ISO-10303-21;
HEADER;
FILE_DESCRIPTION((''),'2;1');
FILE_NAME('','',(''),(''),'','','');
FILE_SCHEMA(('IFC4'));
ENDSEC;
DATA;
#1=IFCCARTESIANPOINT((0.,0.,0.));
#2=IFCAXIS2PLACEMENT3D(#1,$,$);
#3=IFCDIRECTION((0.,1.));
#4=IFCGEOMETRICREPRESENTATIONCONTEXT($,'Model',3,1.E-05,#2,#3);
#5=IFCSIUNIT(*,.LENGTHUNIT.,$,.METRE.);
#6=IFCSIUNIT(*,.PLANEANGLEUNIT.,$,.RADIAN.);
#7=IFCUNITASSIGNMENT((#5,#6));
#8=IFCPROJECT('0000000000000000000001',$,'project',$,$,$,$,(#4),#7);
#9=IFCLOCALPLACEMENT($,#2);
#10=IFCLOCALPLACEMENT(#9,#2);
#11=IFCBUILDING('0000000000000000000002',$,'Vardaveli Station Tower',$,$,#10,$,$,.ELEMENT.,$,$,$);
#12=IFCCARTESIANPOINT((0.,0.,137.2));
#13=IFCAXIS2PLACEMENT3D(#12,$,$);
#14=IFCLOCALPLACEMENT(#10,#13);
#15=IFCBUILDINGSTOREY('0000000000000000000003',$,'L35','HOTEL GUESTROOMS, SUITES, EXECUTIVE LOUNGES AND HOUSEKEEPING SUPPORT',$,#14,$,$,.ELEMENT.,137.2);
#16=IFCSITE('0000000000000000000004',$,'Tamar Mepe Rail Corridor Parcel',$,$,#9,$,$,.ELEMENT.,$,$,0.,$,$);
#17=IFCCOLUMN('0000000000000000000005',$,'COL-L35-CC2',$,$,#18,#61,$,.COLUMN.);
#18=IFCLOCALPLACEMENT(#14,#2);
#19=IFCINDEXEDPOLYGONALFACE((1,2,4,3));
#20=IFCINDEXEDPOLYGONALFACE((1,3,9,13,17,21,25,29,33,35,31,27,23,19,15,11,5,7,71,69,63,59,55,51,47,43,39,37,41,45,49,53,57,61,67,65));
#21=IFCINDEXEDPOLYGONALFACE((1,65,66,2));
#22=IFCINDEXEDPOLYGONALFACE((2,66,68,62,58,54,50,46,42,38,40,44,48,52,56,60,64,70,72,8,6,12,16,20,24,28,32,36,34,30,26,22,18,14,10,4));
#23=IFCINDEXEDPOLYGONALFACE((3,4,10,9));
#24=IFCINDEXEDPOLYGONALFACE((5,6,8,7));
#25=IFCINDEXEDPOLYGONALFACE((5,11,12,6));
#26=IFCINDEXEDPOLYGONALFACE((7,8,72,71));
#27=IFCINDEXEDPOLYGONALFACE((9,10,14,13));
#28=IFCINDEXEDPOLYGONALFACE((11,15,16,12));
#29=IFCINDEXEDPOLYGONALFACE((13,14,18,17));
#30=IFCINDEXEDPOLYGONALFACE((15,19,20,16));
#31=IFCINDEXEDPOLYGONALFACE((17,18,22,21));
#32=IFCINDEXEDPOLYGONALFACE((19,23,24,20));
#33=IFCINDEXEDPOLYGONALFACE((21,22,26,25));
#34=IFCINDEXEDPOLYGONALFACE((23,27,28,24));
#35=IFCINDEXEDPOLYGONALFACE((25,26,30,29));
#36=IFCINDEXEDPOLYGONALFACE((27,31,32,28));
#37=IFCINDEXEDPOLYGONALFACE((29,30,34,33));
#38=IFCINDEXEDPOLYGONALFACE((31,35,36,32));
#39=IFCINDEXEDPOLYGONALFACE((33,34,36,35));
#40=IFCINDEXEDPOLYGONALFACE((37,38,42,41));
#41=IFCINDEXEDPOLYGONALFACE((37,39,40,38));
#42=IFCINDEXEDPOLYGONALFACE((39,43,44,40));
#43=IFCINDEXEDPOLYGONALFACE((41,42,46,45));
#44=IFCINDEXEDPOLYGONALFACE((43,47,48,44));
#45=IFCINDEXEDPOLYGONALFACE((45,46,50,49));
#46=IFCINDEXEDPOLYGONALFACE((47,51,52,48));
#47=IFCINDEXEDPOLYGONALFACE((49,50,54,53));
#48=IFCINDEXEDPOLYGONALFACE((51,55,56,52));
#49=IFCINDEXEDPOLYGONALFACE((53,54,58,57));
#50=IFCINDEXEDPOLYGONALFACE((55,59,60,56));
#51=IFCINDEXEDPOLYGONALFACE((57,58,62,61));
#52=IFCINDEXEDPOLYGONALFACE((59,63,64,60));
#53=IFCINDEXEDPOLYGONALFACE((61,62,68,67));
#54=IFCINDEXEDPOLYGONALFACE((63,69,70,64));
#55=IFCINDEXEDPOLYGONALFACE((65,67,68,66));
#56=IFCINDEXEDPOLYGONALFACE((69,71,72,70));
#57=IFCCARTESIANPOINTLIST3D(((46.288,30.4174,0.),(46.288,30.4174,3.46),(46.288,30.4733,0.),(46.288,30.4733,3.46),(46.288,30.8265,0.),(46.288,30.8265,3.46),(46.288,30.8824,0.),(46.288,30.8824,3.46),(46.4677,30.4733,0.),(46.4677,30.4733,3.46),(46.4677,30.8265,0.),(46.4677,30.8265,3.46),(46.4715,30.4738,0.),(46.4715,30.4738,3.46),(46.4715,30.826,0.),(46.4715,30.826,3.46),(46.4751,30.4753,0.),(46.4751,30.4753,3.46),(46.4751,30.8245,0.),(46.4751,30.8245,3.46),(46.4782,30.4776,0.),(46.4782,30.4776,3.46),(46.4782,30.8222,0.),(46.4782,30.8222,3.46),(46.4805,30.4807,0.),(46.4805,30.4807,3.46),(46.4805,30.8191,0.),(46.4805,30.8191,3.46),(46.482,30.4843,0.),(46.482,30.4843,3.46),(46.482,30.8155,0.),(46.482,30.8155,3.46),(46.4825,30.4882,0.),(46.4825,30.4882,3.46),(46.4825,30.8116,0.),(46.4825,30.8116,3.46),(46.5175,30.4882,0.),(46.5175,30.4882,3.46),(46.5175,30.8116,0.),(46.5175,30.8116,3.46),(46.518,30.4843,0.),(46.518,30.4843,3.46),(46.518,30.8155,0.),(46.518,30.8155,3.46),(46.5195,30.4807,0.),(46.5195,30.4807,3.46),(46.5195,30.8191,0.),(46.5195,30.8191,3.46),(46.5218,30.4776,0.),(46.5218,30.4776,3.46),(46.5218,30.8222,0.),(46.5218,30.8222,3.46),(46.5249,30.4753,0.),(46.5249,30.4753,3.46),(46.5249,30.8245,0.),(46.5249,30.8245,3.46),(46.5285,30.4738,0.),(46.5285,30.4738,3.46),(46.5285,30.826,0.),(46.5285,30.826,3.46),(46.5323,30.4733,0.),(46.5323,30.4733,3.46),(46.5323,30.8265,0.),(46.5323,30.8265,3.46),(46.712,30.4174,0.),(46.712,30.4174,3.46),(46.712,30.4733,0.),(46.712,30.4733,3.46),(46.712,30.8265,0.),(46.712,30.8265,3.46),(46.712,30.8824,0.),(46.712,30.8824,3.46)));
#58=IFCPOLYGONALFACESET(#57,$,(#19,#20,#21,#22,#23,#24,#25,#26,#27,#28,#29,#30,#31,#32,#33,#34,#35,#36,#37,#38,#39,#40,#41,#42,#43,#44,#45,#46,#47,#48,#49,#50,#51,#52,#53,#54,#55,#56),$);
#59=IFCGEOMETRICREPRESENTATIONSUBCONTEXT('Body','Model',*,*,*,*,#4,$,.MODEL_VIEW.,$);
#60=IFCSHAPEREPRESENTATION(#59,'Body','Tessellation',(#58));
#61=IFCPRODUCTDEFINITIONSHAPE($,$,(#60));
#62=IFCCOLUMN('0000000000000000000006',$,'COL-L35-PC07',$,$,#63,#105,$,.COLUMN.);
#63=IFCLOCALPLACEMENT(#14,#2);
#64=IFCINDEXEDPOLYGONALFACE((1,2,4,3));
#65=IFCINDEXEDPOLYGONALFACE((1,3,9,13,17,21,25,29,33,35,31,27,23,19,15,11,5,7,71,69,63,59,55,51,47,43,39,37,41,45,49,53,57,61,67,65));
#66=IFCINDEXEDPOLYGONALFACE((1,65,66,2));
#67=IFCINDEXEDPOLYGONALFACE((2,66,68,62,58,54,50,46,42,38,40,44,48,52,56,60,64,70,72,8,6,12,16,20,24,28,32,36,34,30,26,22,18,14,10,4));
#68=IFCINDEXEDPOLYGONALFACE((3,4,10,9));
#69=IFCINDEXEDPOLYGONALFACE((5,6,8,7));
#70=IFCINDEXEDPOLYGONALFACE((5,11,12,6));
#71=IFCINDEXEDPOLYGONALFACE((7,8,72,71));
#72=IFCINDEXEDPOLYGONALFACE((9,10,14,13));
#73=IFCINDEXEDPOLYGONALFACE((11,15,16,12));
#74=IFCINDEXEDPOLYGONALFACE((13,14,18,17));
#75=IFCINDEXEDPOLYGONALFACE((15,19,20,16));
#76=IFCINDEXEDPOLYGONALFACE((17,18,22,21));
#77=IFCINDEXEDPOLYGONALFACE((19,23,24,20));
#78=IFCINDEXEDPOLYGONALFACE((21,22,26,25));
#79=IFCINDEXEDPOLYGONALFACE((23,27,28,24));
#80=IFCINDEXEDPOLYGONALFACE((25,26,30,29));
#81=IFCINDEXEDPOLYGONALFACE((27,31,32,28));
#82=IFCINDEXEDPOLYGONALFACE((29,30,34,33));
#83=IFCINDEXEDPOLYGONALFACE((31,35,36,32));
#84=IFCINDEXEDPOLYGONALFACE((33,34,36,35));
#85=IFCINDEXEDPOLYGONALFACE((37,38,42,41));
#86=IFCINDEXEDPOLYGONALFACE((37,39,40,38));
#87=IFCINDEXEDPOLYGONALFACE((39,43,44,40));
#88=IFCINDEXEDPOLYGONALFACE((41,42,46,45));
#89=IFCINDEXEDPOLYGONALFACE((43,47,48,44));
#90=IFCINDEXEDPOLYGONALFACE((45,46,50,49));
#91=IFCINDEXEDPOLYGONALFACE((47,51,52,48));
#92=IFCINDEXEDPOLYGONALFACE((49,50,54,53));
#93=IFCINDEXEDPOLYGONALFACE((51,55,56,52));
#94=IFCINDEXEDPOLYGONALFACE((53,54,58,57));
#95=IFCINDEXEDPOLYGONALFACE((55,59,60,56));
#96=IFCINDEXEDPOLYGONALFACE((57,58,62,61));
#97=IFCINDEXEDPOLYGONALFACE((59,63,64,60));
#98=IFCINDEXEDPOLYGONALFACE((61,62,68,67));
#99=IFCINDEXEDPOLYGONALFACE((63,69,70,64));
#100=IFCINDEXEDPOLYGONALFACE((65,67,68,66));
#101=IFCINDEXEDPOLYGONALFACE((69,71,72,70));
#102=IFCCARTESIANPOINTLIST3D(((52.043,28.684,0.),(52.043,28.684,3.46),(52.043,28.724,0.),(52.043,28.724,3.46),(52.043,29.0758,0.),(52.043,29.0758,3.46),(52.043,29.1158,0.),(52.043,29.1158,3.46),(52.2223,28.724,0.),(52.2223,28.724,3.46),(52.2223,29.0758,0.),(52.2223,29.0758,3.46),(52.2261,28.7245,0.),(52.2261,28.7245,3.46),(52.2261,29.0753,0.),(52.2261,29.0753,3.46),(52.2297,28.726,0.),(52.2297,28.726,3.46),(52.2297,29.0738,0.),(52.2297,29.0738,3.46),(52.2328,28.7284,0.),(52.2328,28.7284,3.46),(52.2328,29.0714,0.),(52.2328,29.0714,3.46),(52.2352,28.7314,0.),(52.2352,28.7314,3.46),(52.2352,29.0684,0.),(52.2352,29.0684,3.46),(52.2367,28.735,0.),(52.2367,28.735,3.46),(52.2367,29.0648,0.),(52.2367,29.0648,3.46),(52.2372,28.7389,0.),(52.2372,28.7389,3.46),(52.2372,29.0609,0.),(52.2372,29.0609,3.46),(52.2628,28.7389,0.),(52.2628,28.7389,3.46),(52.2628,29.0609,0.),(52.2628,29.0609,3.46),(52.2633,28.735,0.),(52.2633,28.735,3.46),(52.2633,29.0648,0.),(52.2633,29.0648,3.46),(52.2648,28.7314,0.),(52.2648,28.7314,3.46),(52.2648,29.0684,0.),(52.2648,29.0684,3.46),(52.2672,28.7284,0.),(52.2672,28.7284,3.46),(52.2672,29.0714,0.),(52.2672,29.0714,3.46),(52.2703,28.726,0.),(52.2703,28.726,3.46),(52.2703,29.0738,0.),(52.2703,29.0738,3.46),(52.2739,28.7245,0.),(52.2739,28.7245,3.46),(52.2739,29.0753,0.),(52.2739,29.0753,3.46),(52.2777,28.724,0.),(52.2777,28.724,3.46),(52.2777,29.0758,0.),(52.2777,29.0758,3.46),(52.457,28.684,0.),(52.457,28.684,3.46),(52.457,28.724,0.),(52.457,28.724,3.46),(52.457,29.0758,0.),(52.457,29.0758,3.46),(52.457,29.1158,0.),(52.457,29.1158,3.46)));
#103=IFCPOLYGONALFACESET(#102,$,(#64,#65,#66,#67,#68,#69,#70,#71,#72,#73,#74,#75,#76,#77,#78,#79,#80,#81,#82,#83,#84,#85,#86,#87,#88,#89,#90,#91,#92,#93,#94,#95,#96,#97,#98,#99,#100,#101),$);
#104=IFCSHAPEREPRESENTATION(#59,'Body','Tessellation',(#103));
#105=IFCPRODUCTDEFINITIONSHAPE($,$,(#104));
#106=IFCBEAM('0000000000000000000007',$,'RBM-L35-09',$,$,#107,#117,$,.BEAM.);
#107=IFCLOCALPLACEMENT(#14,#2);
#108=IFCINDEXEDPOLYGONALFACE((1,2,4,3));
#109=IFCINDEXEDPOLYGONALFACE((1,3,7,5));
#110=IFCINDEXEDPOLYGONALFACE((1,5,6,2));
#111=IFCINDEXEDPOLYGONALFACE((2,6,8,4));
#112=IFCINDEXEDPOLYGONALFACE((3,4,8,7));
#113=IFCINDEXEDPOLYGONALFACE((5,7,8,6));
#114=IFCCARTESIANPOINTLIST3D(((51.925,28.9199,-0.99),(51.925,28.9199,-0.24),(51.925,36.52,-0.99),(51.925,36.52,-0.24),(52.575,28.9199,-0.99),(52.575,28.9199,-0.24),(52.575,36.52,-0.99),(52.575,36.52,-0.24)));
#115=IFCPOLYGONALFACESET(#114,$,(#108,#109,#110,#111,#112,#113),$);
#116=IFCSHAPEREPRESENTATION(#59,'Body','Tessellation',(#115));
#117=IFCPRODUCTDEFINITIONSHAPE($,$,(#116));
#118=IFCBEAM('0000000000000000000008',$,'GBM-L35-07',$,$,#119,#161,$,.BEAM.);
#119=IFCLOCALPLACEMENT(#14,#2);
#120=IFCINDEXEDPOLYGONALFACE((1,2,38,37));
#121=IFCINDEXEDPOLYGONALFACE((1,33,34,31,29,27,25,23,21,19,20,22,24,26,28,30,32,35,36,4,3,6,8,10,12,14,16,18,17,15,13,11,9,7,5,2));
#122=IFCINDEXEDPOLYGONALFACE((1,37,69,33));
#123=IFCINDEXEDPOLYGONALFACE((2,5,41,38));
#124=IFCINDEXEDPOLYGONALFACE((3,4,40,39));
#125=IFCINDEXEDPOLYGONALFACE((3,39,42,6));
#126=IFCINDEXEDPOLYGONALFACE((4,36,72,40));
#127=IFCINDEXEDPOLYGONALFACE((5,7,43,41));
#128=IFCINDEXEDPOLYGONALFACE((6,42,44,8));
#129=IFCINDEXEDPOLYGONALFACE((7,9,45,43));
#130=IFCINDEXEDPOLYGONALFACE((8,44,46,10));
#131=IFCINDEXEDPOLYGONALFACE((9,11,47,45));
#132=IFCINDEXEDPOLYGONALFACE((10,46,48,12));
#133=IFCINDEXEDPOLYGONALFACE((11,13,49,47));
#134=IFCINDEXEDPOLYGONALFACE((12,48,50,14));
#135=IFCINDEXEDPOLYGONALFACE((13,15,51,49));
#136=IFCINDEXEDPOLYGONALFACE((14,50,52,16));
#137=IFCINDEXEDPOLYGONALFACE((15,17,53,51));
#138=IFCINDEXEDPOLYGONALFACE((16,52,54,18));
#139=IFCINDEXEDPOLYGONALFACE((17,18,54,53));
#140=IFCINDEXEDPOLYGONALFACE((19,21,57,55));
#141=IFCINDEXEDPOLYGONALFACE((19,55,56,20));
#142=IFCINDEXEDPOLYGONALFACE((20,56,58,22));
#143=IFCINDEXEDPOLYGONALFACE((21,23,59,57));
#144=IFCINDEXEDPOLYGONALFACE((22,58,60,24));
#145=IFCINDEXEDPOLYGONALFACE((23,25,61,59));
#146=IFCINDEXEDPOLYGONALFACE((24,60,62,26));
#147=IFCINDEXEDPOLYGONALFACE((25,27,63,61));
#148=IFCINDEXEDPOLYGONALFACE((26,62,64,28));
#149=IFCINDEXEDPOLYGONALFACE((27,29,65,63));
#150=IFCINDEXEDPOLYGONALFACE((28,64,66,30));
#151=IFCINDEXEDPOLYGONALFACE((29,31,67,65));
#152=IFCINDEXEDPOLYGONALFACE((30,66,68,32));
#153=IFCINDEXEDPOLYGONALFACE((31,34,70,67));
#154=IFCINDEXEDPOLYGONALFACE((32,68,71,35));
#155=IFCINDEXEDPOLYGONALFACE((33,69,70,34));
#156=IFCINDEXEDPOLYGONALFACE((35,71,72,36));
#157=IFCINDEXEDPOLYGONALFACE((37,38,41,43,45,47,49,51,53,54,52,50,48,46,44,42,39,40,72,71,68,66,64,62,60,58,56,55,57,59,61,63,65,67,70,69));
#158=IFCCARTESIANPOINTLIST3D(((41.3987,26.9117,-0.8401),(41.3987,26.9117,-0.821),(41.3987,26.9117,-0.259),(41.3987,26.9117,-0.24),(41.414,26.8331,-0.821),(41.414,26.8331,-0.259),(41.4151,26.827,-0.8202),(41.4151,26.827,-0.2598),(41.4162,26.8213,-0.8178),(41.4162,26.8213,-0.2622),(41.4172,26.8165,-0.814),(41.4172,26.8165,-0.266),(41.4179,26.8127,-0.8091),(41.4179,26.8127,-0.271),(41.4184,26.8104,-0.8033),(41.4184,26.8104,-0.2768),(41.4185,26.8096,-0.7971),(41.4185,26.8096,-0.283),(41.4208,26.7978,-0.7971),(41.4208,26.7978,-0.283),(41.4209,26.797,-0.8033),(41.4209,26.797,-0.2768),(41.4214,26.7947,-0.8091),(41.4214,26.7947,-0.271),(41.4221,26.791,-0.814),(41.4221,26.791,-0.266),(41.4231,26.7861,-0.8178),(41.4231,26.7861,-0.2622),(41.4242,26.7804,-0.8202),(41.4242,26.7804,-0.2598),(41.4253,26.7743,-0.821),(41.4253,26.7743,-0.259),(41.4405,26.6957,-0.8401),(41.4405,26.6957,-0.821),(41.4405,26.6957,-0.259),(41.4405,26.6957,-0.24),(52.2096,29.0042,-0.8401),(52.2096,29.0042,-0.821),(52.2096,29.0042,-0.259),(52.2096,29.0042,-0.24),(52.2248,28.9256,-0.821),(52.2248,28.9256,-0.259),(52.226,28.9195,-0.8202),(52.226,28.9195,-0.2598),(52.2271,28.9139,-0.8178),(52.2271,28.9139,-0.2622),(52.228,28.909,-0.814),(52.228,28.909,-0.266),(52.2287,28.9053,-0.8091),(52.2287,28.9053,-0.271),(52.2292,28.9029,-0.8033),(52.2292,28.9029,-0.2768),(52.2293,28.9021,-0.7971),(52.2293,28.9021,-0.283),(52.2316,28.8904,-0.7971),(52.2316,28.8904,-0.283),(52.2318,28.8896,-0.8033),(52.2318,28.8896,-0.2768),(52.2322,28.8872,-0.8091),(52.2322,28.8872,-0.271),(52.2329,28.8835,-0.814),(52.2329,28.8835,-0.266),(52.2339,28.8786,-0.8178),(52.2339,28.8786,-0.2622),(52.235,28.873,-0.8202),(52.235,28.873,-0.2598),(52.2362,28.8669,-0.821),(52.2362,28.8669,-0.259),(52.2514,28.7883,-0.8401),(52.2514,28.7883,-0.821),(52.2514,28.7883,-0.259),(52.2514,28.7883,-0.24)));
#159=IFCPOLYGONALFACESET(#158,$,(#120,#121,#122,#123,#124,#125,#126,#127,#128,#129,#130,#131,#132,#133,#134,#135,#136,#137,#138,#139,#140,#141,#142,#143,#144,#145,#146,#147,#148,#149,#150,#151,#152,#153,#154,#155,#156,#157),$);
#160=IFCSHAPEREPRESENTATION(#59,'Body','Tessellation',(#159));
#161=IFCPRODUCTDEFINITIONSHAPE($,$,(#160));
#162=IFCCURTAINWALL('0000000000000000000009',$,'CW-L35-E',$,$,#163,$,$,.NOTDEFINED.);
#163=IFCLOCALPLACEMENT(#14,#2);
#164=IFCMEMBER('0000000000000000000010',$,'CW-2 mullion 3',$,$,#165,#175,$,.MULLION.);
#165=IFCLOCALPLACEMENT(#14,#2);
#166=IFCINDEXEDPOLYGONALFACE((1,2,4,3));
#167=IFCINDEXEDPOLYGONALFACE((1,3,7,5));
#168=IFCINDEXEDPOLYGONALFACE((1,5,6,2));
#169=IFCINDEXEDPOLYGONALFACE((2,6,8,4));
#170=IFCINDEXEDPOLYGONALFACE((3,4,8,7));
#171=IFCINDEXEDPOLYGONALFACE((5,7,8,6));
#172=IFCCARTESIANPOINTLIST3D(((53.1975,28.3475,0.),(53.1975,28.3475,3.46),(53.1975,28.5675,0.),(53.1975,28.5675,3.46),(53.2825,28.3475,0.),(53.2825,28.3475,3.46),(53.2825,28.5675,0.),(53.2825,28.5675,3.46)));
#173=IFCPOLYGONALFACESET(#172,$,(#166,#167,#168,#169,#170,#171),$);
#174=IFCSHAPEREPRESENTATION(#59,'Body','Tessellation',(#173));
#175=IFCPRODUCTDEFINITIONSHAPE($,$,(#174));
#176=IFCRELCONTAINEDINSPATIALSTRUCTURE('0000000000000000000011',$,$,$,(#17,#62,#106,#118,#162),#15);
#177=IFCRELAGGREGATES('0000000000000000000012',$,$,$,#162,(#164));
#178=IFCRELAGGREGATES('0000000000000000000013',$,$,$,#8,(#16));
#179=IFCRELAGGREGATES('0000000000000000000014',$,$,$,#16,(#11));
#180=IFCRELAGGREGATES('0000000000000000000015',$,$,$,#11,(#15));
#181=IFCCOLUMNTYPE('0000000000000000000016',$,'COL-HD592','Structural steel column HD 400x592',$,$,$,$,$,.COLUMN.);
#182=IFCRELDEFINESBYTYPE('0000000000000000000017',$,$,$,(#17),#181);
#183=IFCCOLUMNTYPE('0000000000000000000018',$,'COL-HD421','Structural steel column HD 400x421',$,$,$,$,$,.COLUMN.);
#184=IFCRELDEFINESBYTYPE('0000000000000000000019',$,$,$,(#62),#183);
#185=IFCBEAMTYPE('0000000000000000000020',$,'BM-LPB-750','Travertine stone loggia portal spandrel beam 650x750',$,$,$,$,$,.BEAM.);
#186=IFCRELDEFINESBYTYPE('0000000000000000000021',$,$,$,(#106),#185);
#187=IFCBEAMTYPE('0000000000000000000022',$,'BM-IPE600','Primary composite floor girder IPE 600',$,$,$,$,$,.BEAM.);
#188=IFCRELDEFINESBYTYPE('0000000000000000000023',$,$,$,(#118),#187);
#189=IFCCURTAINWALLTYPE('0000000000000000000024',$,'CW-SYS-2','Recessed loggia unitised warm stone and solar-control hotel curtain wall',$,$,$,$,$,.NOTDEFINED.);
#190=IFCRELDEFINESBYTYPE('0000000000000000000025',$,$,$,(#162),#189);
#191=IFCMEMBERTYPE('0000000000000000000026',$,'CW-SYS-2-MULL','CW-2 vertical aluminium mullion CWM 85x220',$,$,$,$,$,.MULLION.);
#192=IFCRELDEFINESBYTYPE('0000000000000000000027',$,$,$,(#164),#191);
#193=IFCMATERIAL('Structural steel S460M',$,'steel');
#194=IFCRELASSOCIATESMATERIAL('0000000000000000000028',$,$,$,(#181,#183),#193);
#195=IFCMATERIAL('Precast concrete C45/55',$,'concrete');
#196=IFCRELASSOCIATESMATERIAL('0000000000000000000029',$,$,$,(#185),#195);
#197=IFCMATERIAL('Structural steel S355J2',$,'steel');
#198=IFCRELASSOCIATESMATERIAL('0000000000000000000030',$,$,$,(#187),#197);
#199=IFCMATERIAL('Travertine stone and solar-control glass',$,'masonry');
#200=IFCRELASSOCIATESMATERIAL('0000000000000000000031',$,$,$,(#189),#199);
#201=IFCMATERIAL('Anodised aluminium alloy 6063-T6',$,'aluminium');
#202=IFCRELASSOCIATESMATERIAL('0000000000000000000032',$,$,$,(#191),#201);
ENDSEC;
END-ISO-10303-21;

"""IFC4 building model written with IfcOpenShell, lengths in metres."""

from ifc_helpers import new_model, si_unit, direction, frame, origin, origin_2d, place, context, subcontext, project, spatial, rectangle, i_section, extrude, source, transform, mapped, material, material_profile, profile_set, type_object, element, aggregate, save


model = new_model("IFC4")

# Units and contexts
model_context = context("Model", 3, precision=1e-05, world=origin(), true_north=direction((0.0, 1.0)))
body_context = subcontext(model_context, "Body", "Model", "MODEL_VIEW")
ifc_project = project(units=[si_unit("LENGTHUNIT", "METRE"), si_unit("PLANEANGLEUNIT", "RADIAN")], contexts=[model_context])

# Site, building, storey
site_placement = place(None, origin())
site = spatial("IfcSite", under=ifc_project, at=site_placement, Name="Tamar Mepe Rail Corridor Parcel", CompositionType="ELEMENT", RefElevation=0.0)
building_placement = place(site_placement, origin())
building = spatial("IfcBuilding", under=site, at=building_placement, Name="Vardaveli Station Tower", CompositionType="ELEMENT")
storey_placement = place(building_placement, frame((0.0, 0.0, 137.2)))
storey = spatial("IfcBuildingStorey", under=building, at=storey_placement, Name="L35", Description="HOTEL GUESTROOMS, SUITES, EXECUTIVE LOUNGES AND HOUSEKEEPING SUPPORT", CompositionType="ELEMENT", Elevation=137.2)

# Columns
ifc_material_1 = material(Name="Structural steel S460M", Category="steel")
ifc_material_profile_1 = material_profile(ifc_material_1, i_section(OverallWidth=0.4241, OverallDepth=0.4651, WebThickness=0.0349, FlangeThickness=0.0559, FilletRadius=0.0149, at=origin_2d()), Name="HD 400x592")
ifc_profile_set_1 = profile_set([ifc_material_profile_1], Name="Structural steel S460M")
column_type_1 = type_object("IfcColumnType", Name="COL-HD592", Description="Structural steel column HD 400x592", PredefinedType="COLUMN", material=ifc_profile_set_1)
shared_shape_1 = source(origin(), body_context, "Body", "SweptSolid", [
    extrude(i_section(OverallWidth=0.4241, OverallDepth=0.4651, WebThickness=0.0349, FlangeThickness=0.0559, FilletRadius=0.0149, at=origin_2d()), origin(), (0.0, 0.0, 1.0), 3.46),
])
column_1_placement = place(storey_placement, frame((46.5, 30.6499, 0.0), z_axis=(0.0, 0.0, 1.0), x_axis=(1.0, 0.0, 0.0)))
element("IfcColumn", 1, at=column_1_placement, inside=storey, type_object=column_type_1, Name="COL-L35-CC2", PredefinedType="COLUMN", context=body_context, shape_type="MappedRepresentation", body=[
    mapped(shared_shape_1, transform((0.0, 0.0, 0.0), scale=1.0)),
])
ifc_material_profile_2 = material_profile(ifc_material_1, i_section(OverallWidth=0.4141, OverallDepth=0.4319, WebThickness=0.0256, FlangeThickness=0.04, FilletRadius=0.0149, at=origin_2d()), Name="HD 400x421")
ifc_profile_set_2 = profile_set([ifc_material_profile_2], Name="Structural steel S460M")
column_type_2 = type_object("IfcColumnType", Name="COL-HD421", Description="Structural steel column HD 400x421", PredefinedType="COLUMN", material=ifc_profile_set_2)
shared_shape_2 = source(origin(), body_context, "Body", "SweptSolid", [
    extrude(i_section(OverallWidth=0.4141, OverallDepth=0.4319, WebThickness=0.0256, FlangeThickness=0.04, FilletRadius=0.0149, at=origin_2d()), origin(), (0.0, 0.0, 1.0), 3.46),
])
column_2_placement = place(storey_placement, frame((52.25, 28.8999, 0.0), z_axis=(0.0, 0.0, 1.0), x_axis=(1.0, 0.0, 0.0)))
element("IfcColumn", 2, at=column_2_placement, inside=storey, type_object=column_type_2, Name="COL-L35-PC07", PredefinedType="COLUMN", context=body_context, shape_type="MappedRepresentation", body=[
    mapped(shared_shape_2, transform((0.0, 0.0, 0.0), scale=1.0)),
])

# Beams
ifc_material_2 = material(Name="Precast concrete C45/55", Category="concrete")
ifc_material_profile_3 = material_profile(ifc_material_2, rectangle(XDim=0.6499, YDim=0.75, at=origin_2d()), Name="LPB 650x750")
ifc_profile_set_3 = profile_set([ifc_material_profile_3], Name="Precast concrete C45/55")
beam_type_1 = type_object("IfcBeamType", Name="BM-LPB-750", Description="Travertine stone loggia portal spandrel beam 650x750", PredefinedType="BEAM", material=ifc_profile_set_3)
shared_shape_3 = source(origin(), body_context, "Body", "SweptSolid", [
    extrude(rectangle(XDim=0.6499, YDim=0.75, at=origin_2d()), origin(), (0.0, 0.0, 1.0), 7.6001),
])
beam_1_placement = place(storey_placement, frame((52.25, 28.9199, -0.615), z_axis=(0.0, 1.0, 0.0), x_axis=(-1.0, 0.0, 0.0)))
element("IfcBeam", 3, at=beam_1_placement, inside=storey, type_object=beam_type_1, Name="RBM-L35-09", PredefinedType="BEAM", context=body_context, shape_type="MappedRepresentation", body=[
    mapped(shared_shape_3, transform((0.0, 0.0, 0.0), scale=1.0)),
])
ifc_material_3 = material(Name="Structural steel S355J2", Category="steel")
ifc_material_profile_4 = material_profile(ifc_material_3, i_section(OverallWidth=0.22, OverallDepth=0.6001, WebThickness=0.012, FlangeThickness=0.019, FilletRadius=0.0239, at=origin_2d()), Name="IPE 600")
ifc_profile_set_4 = profile_set([ifc_material_profile_4], Name="Structural steel S355J2")
beam_type_2 = type_object("IfcBeamType", Name="BM-IPE600", Description="Primary composite floor girder IPE 600", PredefinedType="BEAM", material=ifc_profile_set_4)
shared_shape_4 = source(origin(), body_context, "Body", "SweptSolid", [
    extrude(i_section(OverallWidth=0.22, OverallDepth=0.6001, WebThickness=0.012, FlangeThickness=0.019, FilletRadius=0.0239, at=origin_2d()), origin(), (0.0, 0.0, 1.0), 11.0115),
])
beam_2_placement = place(storey_placement, frame((52.2305, 28.8962, -0.54), z_axis=(-0.981778, -0.190032, 0.0), x_axis=(0.190032, -0.981778, 0.0)))
element("IfcBeam", 4, at=beam_2_placement, inside=storey, type_object=beam_type_2, Name="GBM-L35-07", PredefinedType="BEAM", context=body_context, shape_type="MappedRepresentation", body=[
    mapped(shared_shape_4, transform((0.0, 0.0, 0.0), scale=1.0)),
])

# Curtain wall, member
ifc_material_4 = material(Name="Travertine stone and solar-control glass", Category="masonry")
curtain_wall_type = type_object("IfcCurtainWallType", Name="CW-SYS-2", Description="Recessed loggia unitised warm stone and solar-control hotel curtain wall", PredefinedType="NOTDEFINED", material=ifc_material_4)
curtain_wall_placement = place(storey_placement, origin())
curtain_wall = element("IfcCurtainWall", 5, at=curtain_wall_placement, inside=storey, type_object=curtain_wall_type, Name="CW-L35-E", PredefinedType="NOTDEFINED")
ifc_material_5 = material(Name="Anodised aluminium alloy 6063-T6", Category="aluminium")
ifc_material_profile_5 = material_profile(ifc_material_5, rectangle(XDim=0.085, YDim=0.22, at=origin_2d()), Name="CWM 85x220")
ifc_profile_set_5 = profile_set([ifc_material_profile_5], Name="Anodised aluminium alloy 6063-T6")
member_type = type_object("IfcMemberType", Name="CW-SYS-2-MULL", Description="CW-2 vertical aluminium mullion CWM 85x220", PredefinedType="MULLION", material=ifc_profile_set_5)
shared_shape_5 = source(origin(), body_context, "Body", "SweptSolid", [
    extrude(rectangle(XDim=0.085, YDim=0.22, at=origin_2d()), origin(), (0.0, 0.0, 1.0), 3.46),
])
member_placement = place(storey_placement, frame((53.24, 28.4575, 0.0), z_axis=(0.0, 0.0, 1.0), x_axis=(-1.0, 0.0, 0.0)))
member = element("IfcMember", 6, at=member_placement, type_object=member_type, Name="CW-2 mullion 3", PredefinedType="MULLION", context=body_context, shape_type="MappedRepresentation", body=[
    mapped(shared_shape_5, transform((0.0, 0.0, 0.0), scale=1.0)),
])
aggregate(curtain_wall, [member])

save(model, "model.ifc")
